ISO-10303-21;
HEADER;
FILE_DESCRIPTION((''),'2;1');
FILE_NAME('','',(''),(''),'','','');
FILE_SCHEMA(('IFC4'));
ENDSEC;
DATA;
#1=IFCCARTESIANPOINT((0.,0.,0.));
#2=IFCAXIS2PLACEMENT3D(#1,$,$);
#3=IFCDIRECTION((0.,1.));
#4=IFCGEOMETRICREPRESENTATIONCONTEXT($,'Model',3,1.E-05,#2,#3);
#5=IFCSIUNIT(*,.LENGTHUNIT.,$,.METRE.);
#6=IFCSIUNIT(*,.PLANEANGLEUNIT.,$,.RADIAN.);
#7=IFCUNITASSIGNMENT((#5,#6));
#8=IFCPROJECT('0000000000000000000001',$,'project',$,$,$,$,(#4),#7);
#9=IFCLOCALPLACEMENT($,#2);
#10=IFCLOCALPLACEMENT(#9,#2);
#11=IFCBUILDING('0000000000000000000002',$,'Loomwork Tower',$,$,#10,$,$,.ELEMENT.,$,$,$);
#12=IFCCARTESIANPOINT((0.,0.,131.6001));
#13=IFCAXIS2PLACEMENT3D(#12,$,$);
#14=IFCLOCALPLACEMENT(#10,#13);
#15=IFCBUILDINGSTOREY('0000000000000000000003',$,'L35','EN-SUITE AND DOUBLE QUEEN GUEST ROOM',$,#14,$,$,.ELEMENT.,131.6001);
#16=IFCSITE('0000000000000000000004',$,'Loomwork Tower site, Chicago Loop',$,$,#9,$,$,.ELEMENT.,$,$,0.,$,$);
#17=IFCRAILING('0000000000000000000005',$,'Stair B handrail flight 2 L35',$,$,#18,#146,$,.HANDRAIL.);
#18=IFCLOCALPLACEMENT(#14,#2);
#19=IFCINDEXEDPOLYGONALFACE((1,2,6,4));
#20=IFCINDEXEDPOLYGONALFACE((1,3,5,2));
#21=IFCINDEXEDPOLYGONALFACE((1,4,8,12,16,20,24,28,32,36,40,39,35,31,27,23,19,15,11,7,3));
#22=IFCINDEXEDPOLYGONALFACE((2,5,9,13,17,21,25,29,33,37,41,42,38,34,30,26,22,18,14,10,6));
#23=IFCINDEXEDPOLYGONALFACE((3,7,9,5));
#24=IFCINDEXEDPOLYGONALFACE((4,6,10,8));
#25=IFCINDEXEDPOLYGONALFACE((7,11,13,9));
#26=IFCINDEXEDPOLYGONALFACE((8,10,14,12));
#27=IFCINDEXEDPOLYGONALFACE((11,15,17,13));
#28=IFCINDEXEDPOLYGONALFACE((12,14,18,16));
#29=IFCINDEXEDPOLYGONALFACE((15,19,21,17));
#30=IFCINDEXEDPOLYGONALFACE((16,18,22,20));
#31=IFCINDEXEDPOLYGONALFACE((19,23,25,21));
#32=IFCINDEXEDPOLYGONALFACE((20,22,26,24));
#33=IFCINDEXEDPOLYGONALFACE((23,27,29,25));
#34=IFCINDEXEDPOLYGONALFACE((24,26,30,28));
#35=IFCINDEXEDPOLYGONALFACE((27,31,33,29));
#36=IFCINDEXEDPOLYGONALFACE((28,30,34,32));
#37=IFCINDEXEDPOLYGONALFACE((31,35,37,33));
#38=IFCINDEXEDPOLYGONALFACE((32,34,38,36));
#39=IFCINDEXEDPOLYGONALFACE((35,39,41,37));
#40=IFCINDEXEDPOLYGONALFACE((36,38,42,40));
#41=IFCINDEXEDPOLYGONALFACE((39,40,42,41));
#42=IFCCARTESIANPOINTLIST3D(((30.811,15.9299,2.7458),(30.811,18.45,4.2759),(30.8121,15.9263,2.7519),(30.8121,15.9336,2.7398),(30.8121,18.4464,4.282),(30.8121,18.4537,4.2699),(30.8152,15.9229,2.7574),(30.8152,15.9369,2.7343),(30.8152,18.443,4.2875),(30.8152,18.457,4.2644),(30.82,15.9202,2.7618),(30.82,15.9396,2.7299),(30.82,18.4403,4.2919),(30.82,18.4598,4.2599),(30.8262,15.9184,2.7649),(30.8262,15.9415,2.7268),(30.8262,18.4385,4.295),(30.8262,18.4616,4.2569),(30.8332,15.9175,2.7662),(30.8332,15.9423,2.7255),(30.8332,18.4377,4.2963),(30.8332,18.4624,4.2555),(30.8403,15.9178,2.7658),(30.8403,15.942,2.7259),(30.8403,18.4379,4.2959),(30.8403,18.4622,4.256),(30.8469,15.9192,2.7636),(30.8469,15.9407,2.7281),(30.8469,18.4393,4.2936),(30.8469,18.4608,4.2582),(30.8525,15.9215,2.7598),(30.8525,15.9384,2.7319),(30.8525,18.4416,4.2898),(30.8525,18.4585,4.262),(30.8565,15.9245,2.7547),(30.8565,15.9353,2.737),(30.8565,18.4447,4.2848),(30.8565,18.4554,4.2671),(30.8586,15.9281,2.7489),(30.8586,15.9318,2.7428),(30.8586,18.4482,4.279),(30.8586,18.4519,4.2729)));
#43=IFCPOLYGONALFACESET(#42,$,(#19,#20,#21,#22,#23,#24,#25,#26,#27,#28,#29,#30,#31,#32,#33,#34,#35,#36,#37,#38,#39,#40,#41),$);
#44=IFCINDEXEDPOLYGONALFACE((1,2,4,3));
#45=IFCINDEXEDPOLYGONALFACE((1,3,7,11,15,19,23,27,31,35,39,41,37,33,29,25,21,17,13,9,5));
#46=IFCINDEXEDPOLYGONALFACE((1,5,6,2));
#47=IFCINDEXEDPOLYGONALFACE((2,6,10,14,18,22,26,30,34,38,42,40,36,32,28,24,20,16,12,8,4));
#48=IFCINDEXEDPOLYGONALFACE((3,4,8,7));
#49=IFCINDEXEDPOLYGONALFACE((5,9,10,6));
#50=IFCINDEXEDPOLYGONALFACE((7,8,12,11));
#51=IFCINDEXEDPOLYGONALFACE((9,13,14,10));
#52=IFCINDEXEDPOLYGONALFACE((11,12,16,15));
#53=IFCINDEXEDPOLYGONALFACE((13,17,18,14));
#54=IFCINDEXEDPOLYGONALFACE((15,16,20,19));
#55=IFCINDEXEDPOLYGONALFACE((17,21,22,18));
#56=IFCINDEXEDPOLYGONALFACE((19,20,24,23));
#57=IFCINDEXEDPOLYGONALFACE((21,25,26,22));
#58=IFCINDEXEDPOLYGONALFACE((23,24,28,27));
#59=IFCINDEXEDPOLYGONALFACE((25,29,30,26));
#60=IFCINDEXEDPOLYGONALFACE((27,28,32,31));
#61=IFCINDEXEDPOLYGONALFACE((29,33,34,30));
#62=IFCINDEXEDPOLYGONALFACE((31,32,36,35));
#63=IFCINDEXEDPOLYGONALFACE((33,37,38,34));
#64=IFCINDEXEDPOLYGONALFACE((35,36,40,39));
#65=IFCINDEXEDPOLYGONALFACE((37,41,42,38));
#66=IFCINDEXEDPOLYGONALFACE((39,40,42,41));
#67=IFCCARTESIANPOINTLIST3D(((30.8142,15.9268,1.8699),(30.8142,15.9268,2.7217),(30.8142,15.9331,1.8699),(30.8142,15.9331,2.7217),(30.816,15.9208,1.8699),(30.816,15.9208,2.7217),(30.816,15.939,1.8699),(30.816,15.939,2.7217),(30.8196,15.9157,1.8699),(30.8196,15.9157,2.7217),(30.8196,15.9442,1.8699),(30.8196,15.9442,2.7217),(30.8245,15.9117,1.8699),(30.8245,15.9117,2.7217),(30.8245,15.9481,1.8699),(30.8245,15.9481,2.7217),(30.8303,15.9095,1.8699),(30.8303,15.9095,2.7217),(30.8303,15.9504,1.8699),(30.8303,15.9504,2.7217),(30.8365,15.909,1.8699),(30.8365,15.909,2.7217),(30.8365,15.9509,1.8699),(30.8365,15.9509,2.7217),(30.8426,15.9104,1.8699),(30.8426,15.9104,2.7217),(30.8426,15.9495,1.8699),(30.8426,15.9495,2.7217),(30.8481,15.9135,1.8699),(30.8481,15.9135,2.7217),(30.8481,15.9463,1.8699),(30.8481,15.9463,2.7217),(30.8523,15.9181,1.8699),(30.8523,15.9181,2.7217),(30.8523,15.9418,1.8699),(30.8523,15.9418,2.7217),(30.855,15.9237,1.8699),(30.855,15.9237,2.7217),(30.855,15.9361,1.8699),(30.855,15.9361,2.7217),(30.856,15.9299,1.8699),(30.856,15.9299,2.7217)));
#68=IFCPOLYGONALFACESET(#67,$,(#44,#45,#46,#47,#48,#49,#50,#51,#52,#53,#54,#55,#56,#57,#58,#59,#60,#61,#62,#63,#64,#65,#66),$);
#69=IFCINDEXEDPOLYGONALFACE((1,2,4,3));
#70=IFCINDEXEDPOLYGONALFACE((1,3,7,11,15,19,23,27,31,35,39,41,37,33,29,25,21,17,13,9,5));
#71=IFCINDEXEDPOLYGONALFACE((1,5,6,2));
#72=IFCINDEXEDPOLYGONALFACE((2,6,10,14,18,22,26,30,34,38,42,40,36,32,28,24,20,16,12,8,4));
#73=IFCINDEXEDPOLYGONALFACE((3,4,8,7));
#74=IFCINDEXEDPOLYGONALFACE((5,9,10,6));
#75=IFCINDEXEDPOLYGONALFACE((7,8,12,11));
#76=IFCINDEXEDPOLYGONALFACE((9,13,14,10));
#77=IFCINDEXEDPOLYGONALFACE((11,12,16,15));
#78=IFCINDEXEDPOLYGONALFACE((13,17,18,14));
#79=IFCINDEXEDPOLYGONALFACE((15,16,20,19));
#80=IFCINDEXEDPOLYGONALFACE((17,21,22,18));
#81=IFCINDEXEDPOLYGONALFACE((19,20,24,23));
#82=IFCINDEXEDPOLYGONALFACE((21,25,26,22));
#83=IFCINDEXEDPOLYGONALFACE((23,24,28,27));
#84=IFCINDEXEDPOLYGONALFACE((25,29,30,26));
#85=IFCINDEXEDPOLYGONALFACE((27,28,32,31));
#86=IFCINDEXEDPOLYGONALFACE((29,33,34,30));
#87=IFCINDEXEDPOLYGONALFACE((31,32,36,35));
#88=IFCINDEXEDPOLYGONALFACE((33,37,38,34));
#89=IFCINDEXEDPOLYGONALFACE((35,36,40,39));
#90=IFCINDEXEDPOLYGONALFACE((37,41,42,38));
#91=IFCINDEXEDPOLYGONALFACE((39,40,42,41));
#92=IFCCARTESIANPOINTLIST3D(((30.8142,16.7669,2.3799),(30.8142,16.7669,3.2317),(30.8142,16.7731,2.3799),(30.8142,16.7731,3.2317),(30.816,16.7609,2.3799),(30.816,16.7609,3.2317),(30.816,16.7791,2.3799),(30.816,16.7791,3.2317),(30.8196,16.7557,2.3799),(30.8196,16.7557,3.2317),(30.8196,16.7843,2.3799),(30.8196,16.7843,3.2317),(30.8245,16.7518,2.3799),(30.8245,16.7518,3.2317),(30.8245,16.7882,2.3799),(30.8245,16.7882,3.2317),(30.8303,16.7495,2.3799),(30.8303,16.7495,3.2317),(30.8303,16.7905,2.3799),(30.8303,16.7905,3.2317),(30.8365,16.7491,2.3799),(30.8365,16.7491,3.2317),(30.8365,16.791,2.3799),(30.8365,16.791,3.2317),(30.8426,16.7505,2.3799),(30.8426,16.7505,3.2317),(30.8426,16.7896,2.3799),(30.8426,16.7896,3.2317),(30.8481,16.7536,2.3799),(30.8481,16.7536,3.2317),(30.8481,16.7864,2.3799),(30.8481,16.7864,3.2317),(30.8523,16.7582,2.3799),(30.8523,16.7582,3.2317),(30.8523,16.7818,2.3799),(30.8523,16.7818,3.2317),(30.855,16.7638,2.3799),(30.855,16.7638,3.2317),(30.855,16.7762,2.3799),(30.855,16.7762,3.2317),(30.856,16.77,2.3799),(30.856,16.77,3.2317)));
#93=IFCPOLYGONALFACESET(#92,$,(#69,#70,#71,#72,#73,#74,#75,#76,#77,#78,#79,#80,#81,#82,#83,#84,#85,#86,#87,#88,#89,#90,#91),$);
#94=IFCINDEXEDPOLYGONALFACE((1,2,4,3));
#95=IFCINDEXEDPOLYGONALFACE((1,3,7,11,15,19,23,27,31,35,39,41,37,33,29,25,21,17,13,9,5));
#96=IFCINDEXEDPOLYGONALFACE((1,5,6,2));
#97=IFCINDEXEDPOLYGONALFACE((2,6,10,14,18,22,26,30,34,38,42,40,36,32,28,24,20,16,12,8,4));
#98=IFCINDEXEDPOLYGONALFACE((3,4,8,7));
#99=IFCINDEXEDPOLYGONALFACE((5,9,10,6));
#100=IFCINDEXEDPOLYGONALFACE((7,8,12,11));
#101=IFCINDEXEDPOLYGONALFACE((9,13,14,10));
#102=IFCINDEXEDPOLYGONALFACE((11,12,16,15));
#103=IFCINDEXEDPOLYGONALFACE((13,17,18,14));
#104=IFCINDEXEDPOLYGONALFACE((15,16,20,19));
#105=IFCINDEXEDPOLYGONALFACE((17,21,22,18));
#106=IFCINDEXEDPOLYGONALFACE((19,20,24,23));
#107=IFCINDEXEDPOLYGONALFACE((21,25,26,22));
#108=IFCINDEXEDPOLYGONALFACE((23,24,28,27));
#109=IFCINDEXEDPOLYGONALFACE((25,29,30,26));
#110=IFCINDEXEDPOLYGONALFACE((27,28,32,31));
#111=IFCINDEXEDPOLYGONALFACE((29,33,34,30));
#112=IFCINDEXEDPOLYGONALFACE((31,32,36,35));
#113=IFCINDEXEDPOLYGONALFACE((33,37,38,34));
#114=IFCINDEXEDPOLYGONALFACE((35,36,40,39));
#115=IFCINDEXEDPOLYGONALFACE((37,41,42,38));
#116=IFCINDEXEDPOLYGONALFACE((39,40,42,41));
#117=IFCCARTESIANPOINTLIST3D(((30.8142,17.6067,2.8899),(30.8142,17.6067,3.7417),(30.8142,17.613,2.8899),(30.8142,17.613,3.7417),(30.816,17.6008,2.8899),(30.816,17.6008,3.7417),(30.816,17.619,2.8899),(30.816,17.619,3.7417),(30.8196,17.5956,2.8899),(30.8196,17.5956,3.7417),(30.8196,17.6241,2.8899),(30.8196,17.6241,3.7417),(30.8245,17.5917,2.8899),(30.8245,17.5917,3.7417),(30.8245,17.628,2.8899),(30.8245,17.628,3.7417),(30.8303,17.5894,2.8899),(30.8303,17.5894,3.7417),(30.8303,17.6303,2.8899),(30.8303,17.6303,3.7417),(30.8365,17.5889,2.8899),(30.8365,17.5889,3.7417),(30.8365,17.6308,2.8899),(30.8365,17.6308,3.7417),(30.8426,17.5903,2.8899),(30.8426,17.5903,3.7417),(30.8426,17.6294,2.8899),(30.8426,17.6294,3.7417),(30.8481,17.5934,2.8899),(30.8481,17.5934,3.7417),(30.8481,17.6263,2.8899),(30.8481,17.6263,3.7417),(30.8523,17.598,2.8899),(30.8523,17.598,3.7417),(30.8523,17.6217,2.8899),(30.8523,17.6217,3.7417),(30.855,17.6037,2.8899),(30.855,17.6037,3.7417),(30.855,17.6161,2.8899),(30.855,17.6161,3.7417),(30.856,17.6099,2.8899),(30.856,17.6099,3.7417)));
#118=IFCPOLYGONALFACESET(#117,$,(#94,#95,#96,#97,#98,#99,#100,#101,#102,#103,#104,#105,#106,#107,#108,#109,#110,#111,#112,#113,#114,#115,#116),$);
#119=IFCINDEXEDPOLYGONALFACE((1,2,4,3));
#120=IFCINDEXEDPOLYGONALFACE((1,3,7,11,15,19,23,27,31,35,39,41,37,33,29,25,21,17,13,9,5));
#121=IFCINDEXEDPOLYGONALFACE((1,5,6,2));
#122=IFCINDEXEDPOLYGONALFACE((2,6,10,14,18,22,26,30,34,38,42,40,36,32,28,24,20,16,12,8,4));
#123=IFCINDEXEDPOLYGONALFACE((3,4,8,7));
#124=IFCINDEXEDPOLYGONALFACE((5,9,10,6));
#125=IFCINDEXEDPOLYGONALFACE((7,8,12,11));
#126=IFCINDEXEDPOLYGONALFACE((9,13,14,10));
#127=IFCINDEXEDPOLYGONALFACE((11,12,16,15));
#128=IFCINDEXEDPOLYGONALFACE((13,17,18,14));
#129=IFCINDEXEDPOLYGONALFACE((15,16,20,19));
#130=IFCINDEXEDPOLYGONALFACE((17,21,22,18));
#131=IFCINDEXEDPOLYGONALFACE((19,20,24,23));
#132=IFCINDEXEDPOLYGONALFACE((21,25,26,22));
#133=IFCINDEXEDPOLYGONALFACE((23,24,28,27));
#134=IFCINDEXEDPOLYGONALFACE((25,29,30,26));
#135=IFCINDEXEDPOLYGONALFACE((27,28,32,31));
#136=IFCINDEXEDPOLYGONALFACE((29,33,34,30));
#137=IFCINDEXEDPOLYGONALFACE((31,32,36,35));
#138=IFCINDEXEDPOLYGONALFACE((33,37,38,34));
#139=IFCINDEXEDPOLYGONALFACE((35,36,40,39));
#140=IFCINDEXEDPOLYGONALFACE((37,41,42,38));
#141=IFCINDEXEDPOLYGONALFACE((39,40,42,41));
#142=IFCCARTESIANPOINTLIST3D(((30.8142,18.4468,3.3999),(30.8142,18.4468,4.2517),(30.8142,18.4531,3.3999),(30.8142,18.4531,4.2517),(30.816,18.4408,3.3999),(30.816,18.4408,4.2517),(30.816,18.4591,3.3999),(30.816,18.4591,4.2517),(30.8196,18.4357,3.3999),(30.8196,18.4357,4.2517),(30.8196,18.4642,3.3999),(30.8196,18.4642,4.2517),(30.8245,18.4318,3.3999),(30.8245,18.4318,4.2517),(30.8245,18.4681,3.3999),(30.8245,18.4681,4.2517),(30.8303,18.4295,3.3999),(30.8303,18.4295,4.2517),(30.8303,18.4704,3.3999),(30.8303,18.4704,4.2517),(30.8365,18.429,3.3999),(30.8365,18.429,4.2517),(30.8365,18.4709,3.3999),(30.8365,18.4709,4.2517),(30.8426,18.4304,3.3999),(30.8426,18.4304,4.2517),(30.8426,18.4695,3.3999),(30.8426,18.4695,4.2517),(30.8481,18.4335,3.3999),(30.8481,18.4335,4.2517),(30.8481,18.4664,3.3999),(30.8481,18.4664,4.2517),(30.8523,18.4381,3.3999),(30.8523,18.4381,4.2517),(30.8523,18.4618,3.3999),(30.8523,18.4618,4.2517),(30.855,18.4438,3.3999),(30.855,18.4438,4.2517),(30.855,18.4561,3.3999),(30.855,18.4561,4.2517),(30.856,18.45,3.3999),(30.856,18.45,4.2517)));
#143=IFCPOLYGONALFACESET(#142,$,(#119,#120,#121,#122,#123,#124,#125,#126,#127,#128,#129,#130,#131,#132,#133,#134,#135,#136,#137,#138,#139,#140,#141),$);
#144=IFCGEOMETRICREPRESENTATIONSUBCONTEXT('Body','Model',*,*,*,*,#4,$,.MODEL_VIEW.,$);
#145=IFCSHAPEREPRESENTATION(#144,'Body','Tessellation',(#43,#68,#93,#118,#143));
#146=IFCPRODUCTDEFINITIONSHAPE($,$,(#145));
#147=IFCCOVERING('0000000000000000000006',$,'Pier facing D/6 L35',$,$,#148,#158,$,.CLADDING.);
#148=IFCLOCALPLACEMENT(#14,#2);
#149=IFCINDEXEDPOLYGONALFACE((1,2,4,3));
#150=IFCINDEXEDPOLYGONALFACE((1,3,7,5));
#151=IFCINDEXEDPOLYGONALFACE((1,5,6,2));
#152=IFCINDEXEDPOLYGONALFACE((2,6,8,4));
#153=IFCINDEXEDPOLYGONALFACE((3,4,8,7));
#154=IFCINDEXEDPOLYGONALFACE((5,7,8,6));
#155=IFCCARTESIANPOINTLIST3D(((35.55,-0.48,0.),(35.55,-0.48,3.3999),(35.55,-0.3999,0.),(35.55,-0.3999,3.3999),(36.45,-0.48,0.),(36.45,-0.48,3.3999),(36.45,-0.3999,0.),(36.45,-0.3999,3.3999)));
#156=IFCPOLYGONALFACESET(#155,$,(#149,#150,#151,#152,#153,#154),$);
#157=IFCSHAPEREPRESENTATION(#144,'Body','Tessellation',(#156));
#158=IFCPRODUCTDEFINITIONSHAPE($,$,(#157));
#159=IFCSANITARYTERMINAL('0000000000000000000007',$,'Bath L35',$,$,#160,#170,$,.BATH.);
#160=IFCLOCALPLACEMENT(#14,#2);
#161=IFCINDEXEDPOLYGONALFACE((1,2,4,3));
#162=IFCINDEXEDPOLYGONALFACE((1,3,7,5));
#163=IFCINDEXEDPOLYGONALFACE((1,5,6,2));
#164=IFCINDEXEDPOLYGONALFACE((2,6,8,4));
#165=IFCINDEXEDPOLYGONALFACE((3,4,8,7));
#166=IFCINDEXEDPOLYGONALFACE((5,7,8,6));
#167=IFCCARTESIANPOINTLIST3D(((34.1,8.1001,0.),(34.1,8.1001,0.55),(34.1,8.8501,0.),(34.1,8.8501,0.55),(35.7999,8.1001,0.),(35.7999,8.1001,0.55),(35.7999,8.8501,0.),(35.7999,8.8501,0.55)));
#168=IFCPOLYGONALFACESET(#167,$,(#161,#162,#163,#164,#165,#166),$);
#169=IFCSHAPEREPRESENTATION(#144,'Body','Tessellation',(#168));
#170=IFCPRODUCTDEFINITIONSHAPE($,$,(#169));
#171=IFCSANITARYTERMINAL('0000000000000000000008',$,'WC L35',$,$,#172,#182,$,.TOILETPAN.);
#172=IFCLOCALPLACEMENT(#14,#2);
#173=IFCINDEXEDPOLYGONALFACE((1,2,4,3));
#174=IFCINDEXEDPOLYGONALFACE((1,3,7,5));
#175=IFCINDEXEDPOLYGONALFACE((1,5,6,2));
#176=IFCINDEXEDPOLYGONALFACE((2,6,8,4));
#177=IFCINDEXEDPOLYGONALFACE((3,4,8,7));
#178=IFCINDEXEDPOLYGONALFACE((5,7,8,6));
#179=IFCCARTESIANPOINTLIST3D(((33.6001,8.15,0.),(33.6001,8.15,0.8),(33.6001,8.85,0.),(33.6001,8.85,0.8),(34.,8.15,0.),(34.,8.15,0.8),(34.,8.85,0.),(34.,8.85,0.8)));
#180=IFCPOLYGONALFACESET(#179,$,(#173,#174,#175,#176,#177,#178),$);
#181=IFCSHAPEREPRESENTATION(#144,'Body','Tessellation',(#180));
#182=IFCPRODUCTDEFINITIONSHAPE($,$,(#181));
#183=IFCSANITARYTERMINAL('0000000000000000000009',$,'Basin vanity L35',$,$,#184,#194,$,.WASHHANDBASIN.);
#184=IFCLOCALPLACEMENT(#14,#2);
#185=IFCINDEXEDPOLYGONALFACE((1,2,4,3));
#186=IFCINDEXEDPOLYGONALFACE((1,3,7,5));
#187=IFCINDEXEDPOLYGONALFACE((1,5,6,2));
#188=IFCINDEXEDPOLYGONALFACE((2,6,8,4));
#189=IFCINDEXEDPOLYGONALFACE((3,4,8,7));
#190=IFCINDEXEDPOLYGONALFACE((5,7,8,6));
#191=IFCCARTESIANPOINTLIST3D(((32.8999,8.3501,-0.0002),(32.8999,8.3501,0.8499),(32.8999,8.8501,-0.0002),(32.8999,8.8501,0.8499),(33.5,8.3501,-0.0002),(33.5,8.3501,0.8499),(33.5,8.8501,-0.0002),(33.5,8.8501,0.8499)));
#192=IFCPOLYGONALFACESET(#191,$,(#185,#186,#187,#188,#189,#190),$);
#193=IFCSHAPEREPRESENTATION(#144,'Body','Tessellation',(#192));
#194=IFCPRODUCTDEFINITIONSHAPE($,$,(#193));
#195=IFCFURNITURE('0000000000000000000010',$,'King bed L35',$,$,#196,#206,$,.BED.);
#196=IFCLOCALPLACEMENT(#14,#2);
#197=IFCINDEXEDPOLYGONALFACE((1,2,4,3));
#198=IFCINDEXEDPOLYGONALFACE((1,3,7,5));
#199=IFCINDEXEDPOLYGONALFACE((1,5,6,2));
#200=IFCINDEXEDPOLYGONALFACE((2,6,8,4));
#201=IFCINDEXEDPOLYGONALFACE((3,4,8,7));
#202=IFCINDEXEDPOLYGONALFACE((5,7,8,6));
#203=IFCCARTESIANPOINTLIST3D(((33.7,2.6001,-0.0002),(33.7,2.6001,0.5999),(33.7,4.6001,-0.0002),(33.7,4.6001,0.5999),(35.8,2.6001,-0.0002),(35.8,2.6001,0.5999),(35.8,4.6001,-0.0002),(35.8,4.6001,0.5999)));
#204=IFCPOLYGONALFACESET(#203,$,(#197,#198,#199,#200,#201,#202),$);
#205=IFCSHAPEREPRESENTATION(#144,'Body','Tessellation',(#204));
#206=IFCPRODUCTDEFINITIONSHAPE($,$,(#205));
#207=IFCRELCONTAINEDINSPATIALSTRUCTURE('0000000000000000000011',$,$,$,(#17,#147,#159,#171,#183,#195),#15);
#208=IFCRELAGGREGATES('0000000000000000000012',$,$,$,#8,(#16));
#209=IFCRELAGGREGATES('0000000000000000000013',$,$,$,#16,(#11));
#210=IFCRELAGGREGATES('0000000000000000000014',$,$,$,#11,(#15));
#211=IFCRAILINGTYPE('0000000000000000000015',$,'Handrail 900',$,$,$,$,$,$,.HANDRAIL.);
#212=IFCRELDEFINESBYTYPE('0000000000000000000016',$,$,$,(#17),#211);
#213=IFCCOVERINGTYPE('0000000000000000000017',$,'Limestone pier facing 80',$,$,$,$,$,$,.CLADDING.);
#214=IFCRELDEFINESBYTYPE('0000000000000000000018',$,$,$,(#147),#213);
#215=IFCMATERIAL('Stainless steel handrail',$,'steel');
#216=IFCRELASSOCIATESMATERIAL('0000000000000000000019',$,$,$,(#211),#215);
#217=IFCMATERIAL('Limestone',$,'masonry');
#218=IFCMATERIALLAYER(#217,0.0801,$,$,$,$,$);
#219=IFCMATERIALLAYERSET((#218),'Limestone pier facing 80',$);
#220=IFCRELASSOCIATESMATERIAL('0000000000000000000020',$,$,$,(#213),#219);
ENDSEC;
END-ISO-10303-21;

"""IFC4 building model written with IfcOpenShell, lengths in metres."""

from ifc_helpers import new_model, si_unit, direction, frame, origin, origin_2d, place, context, subcontext, project, spatial, rectangle, circle, extrude, material, layer, layer_set, type_object, element, save


model = new_model("IFC4")

# Units and contexts
model_context = context("Model", 3, precision=1e-05, world=origin(), true_north=direction((0.0, 1.0)))
body_context = subcontext(model_context, "Body", "Model", "MODEL_VIEW")
ifc_project = project(units=[si_unit("LENGTHUNIT", "METRE"), si_unit("PLANEANGLEUNIT", "RADIAN")], contexts=[model_context])

# Site, building, storey
site_placement = place(None, origin())
site = spatial("IfcSite", under=ifc_project, at=site_placement, Name="Loomwork Tower site, Chicago Loop", CompositionType="ELEMENT", RefElevation=0.0)
building_placement = place(site_placement, origin())
building = spatial("IfcBuilding", under=site, at=building_placement, Name="Loomwork Tower", CompositionType="ELEMENT")
storey_placement = place(building_placement, frame((0.0, 0.0, 131.6001)))
storey = spatial("IfcBuildingStorey", under=building, at=storey_placement, Name="L35", Description="EN-SUITE AND DOUBLE QUEEN GUEST ROOM", CompositionType="ELEMENT", Elevation=131.6001)

# Railing
ifc_material_1 = material(Name="Stainless steel handrail", Category="steel")
railing_type = type_object("IfcRailingType", Name="Handrail 900", PredefinedType="HANDRAIL", material=ifc_material_1)
railing_placement = place(storey_placement, frame((30.835, 15.9299, 1.8699)))
element("IfcRailing", 1, at=railing_placement, inside=storey, type_object=railing_type, Name="Stair B handrail flight 2 L35", PredefinedType="HANDRAIL", context=body_context, shape_type="SweptSolid", body=[
    extrude(circle(Radius=0.0239, at=origin_2d()), frame((0.0, 0.0, 0.876), z_axis=(0.0, 0.854785, 0.518982), x_axis=(-1.0, 0.0, 0.0)), (0.0, 0.0, 1.0), 2.9482),
    extrude(circle(Radius=0.021, at=origin_2d()), origin(), (0.0, 0.0, 1.0), 0.8518),
    extrude(circle(Radius=0.021, at=origin_2d()), frame((0.0, 0.8401, 0.51)), (0.0, 0.0, 1.0), 0.8518),
    extrude(circle(Radius=0.021, at=origin_2d()), frame((0.0, 1.6799, 1.02)), (0.0, 0.0, 1.0), 0.8518),
    extrude(circle(Radius=0.021, at=origin_2d()), frame((0.0, 2.52, 1.53)), (0.0, 0.0, 1.0), 0.8518),
])

# Covering
ifc_material_2 = material(Name="Limestone", Category="masonry")
ifc_layer_1 = layer(ifc_material_2, 0.0801)
ifc_layer_set_1 = layer_set([ifc_layer_1], Name="Limestone pier facing 80")
covering_type = type_object("IfcCoveringType", Name="Limestone pier facing 80", PredefinedType="CLADDING", material=ifc_layer_set_1)
covering_placement = place(storey_placement, frame((36.0, -0.4399, 0.0), z_axis=(0.0, 0.0, 1.0), x_axis=(1.0, 0.0, 0.0)))
element("IfcCovering", 2, at=covering_placement, inside=storey, type_object=covering_type, Name="Pier facing D/6 L35", PredefinedType="CLADDING", context=body_context, shape_type="SweptSolid", body=[
    extrude(rectangle(XDim=0.8999, YDim=0.0801, at=origin_2d()), origin(), (0.0, 0.0, 1.0), 3.3999),
])

# Sanitary terminals
sanitary_terminal_1_placement = place(storey_placement, frame((34.95, 8.4751, 0.0), z_axis=(0.0, 0.0, 1.0), x_axis=(1.0, 0.0, 0.0)))
element("IfcSanitaryTerminal", 3, at=sanitary_terminal_1_placement, inside=storey, Name="Bath L35", PredefinedType="BATH", context=body_context, shape_type="SweptSolid", body=[
    extrude(rectangle(XDim=1.7, YDim=0.75, at=origin_2d()), origin(), (0.0, 0.0, 1.0), 0.55),
])
sanitary_terminal_2_placement = place(storey_placement, frame((33.8, 8.5, 0.0), z_axis=(0.0, 0.0, 1.0), x_axis=(1.0, 0.0, 0.0)))
element("IfcSanitaryTerminal", 4, at=sanitary_terminal_2_placement, inside=storey, Name="WC L35", PredefinedType="TOILETPAN", context=body_context, shape_type="SweptSolid", body=[
    extrude(rectangle(XDim=0.3999, YDim=0.7, at=origin_2d()), origin(), (0.0, 0.0, 1.0), 0.8),
])
sanitary_terminal_3_placement = place(storey_placement, frame((33.2, 8.6001, -0.0002), z_axis=(0.0, 0.0, 1.0), x_axis=(1.0, 0.0, 0.0)))
element("IfcSanitaryTerminal", 5, at=sanitary_terminal_3_placement, inside=storey, Name="Basin vanity L35", PredefinedType="WASHHANDBASIN", context=body_context, shape_type="SweptSolid", body=[
    extrude(rectangle(XDim=0.6001, YDim=0.5, at=origin_2d()), origin(), (0.0, 0.0, 1.0), 0.8501),
])

# Furniture
furniture_1_placement = place(storey_placement, frame((34.75, 3.6001, -0.0002), z_axis=(0.0, 0.0, 1.0), x_axis=(1.0, 0.0, 0.0)))
element("IfcFurniture", 6, at=furniture_1_placement, inside=storey, Name="King bed L35", PredefinedType="BED", context=body_context, shape_type="SweptSolid", body=[
    extrude(rectangle(XDim=2.1001, YDim=2.0, at=origin_2d()), origin(), (0.0, 0.0, 1.0), 0.6001),
])

save(model, "model.ifc")
